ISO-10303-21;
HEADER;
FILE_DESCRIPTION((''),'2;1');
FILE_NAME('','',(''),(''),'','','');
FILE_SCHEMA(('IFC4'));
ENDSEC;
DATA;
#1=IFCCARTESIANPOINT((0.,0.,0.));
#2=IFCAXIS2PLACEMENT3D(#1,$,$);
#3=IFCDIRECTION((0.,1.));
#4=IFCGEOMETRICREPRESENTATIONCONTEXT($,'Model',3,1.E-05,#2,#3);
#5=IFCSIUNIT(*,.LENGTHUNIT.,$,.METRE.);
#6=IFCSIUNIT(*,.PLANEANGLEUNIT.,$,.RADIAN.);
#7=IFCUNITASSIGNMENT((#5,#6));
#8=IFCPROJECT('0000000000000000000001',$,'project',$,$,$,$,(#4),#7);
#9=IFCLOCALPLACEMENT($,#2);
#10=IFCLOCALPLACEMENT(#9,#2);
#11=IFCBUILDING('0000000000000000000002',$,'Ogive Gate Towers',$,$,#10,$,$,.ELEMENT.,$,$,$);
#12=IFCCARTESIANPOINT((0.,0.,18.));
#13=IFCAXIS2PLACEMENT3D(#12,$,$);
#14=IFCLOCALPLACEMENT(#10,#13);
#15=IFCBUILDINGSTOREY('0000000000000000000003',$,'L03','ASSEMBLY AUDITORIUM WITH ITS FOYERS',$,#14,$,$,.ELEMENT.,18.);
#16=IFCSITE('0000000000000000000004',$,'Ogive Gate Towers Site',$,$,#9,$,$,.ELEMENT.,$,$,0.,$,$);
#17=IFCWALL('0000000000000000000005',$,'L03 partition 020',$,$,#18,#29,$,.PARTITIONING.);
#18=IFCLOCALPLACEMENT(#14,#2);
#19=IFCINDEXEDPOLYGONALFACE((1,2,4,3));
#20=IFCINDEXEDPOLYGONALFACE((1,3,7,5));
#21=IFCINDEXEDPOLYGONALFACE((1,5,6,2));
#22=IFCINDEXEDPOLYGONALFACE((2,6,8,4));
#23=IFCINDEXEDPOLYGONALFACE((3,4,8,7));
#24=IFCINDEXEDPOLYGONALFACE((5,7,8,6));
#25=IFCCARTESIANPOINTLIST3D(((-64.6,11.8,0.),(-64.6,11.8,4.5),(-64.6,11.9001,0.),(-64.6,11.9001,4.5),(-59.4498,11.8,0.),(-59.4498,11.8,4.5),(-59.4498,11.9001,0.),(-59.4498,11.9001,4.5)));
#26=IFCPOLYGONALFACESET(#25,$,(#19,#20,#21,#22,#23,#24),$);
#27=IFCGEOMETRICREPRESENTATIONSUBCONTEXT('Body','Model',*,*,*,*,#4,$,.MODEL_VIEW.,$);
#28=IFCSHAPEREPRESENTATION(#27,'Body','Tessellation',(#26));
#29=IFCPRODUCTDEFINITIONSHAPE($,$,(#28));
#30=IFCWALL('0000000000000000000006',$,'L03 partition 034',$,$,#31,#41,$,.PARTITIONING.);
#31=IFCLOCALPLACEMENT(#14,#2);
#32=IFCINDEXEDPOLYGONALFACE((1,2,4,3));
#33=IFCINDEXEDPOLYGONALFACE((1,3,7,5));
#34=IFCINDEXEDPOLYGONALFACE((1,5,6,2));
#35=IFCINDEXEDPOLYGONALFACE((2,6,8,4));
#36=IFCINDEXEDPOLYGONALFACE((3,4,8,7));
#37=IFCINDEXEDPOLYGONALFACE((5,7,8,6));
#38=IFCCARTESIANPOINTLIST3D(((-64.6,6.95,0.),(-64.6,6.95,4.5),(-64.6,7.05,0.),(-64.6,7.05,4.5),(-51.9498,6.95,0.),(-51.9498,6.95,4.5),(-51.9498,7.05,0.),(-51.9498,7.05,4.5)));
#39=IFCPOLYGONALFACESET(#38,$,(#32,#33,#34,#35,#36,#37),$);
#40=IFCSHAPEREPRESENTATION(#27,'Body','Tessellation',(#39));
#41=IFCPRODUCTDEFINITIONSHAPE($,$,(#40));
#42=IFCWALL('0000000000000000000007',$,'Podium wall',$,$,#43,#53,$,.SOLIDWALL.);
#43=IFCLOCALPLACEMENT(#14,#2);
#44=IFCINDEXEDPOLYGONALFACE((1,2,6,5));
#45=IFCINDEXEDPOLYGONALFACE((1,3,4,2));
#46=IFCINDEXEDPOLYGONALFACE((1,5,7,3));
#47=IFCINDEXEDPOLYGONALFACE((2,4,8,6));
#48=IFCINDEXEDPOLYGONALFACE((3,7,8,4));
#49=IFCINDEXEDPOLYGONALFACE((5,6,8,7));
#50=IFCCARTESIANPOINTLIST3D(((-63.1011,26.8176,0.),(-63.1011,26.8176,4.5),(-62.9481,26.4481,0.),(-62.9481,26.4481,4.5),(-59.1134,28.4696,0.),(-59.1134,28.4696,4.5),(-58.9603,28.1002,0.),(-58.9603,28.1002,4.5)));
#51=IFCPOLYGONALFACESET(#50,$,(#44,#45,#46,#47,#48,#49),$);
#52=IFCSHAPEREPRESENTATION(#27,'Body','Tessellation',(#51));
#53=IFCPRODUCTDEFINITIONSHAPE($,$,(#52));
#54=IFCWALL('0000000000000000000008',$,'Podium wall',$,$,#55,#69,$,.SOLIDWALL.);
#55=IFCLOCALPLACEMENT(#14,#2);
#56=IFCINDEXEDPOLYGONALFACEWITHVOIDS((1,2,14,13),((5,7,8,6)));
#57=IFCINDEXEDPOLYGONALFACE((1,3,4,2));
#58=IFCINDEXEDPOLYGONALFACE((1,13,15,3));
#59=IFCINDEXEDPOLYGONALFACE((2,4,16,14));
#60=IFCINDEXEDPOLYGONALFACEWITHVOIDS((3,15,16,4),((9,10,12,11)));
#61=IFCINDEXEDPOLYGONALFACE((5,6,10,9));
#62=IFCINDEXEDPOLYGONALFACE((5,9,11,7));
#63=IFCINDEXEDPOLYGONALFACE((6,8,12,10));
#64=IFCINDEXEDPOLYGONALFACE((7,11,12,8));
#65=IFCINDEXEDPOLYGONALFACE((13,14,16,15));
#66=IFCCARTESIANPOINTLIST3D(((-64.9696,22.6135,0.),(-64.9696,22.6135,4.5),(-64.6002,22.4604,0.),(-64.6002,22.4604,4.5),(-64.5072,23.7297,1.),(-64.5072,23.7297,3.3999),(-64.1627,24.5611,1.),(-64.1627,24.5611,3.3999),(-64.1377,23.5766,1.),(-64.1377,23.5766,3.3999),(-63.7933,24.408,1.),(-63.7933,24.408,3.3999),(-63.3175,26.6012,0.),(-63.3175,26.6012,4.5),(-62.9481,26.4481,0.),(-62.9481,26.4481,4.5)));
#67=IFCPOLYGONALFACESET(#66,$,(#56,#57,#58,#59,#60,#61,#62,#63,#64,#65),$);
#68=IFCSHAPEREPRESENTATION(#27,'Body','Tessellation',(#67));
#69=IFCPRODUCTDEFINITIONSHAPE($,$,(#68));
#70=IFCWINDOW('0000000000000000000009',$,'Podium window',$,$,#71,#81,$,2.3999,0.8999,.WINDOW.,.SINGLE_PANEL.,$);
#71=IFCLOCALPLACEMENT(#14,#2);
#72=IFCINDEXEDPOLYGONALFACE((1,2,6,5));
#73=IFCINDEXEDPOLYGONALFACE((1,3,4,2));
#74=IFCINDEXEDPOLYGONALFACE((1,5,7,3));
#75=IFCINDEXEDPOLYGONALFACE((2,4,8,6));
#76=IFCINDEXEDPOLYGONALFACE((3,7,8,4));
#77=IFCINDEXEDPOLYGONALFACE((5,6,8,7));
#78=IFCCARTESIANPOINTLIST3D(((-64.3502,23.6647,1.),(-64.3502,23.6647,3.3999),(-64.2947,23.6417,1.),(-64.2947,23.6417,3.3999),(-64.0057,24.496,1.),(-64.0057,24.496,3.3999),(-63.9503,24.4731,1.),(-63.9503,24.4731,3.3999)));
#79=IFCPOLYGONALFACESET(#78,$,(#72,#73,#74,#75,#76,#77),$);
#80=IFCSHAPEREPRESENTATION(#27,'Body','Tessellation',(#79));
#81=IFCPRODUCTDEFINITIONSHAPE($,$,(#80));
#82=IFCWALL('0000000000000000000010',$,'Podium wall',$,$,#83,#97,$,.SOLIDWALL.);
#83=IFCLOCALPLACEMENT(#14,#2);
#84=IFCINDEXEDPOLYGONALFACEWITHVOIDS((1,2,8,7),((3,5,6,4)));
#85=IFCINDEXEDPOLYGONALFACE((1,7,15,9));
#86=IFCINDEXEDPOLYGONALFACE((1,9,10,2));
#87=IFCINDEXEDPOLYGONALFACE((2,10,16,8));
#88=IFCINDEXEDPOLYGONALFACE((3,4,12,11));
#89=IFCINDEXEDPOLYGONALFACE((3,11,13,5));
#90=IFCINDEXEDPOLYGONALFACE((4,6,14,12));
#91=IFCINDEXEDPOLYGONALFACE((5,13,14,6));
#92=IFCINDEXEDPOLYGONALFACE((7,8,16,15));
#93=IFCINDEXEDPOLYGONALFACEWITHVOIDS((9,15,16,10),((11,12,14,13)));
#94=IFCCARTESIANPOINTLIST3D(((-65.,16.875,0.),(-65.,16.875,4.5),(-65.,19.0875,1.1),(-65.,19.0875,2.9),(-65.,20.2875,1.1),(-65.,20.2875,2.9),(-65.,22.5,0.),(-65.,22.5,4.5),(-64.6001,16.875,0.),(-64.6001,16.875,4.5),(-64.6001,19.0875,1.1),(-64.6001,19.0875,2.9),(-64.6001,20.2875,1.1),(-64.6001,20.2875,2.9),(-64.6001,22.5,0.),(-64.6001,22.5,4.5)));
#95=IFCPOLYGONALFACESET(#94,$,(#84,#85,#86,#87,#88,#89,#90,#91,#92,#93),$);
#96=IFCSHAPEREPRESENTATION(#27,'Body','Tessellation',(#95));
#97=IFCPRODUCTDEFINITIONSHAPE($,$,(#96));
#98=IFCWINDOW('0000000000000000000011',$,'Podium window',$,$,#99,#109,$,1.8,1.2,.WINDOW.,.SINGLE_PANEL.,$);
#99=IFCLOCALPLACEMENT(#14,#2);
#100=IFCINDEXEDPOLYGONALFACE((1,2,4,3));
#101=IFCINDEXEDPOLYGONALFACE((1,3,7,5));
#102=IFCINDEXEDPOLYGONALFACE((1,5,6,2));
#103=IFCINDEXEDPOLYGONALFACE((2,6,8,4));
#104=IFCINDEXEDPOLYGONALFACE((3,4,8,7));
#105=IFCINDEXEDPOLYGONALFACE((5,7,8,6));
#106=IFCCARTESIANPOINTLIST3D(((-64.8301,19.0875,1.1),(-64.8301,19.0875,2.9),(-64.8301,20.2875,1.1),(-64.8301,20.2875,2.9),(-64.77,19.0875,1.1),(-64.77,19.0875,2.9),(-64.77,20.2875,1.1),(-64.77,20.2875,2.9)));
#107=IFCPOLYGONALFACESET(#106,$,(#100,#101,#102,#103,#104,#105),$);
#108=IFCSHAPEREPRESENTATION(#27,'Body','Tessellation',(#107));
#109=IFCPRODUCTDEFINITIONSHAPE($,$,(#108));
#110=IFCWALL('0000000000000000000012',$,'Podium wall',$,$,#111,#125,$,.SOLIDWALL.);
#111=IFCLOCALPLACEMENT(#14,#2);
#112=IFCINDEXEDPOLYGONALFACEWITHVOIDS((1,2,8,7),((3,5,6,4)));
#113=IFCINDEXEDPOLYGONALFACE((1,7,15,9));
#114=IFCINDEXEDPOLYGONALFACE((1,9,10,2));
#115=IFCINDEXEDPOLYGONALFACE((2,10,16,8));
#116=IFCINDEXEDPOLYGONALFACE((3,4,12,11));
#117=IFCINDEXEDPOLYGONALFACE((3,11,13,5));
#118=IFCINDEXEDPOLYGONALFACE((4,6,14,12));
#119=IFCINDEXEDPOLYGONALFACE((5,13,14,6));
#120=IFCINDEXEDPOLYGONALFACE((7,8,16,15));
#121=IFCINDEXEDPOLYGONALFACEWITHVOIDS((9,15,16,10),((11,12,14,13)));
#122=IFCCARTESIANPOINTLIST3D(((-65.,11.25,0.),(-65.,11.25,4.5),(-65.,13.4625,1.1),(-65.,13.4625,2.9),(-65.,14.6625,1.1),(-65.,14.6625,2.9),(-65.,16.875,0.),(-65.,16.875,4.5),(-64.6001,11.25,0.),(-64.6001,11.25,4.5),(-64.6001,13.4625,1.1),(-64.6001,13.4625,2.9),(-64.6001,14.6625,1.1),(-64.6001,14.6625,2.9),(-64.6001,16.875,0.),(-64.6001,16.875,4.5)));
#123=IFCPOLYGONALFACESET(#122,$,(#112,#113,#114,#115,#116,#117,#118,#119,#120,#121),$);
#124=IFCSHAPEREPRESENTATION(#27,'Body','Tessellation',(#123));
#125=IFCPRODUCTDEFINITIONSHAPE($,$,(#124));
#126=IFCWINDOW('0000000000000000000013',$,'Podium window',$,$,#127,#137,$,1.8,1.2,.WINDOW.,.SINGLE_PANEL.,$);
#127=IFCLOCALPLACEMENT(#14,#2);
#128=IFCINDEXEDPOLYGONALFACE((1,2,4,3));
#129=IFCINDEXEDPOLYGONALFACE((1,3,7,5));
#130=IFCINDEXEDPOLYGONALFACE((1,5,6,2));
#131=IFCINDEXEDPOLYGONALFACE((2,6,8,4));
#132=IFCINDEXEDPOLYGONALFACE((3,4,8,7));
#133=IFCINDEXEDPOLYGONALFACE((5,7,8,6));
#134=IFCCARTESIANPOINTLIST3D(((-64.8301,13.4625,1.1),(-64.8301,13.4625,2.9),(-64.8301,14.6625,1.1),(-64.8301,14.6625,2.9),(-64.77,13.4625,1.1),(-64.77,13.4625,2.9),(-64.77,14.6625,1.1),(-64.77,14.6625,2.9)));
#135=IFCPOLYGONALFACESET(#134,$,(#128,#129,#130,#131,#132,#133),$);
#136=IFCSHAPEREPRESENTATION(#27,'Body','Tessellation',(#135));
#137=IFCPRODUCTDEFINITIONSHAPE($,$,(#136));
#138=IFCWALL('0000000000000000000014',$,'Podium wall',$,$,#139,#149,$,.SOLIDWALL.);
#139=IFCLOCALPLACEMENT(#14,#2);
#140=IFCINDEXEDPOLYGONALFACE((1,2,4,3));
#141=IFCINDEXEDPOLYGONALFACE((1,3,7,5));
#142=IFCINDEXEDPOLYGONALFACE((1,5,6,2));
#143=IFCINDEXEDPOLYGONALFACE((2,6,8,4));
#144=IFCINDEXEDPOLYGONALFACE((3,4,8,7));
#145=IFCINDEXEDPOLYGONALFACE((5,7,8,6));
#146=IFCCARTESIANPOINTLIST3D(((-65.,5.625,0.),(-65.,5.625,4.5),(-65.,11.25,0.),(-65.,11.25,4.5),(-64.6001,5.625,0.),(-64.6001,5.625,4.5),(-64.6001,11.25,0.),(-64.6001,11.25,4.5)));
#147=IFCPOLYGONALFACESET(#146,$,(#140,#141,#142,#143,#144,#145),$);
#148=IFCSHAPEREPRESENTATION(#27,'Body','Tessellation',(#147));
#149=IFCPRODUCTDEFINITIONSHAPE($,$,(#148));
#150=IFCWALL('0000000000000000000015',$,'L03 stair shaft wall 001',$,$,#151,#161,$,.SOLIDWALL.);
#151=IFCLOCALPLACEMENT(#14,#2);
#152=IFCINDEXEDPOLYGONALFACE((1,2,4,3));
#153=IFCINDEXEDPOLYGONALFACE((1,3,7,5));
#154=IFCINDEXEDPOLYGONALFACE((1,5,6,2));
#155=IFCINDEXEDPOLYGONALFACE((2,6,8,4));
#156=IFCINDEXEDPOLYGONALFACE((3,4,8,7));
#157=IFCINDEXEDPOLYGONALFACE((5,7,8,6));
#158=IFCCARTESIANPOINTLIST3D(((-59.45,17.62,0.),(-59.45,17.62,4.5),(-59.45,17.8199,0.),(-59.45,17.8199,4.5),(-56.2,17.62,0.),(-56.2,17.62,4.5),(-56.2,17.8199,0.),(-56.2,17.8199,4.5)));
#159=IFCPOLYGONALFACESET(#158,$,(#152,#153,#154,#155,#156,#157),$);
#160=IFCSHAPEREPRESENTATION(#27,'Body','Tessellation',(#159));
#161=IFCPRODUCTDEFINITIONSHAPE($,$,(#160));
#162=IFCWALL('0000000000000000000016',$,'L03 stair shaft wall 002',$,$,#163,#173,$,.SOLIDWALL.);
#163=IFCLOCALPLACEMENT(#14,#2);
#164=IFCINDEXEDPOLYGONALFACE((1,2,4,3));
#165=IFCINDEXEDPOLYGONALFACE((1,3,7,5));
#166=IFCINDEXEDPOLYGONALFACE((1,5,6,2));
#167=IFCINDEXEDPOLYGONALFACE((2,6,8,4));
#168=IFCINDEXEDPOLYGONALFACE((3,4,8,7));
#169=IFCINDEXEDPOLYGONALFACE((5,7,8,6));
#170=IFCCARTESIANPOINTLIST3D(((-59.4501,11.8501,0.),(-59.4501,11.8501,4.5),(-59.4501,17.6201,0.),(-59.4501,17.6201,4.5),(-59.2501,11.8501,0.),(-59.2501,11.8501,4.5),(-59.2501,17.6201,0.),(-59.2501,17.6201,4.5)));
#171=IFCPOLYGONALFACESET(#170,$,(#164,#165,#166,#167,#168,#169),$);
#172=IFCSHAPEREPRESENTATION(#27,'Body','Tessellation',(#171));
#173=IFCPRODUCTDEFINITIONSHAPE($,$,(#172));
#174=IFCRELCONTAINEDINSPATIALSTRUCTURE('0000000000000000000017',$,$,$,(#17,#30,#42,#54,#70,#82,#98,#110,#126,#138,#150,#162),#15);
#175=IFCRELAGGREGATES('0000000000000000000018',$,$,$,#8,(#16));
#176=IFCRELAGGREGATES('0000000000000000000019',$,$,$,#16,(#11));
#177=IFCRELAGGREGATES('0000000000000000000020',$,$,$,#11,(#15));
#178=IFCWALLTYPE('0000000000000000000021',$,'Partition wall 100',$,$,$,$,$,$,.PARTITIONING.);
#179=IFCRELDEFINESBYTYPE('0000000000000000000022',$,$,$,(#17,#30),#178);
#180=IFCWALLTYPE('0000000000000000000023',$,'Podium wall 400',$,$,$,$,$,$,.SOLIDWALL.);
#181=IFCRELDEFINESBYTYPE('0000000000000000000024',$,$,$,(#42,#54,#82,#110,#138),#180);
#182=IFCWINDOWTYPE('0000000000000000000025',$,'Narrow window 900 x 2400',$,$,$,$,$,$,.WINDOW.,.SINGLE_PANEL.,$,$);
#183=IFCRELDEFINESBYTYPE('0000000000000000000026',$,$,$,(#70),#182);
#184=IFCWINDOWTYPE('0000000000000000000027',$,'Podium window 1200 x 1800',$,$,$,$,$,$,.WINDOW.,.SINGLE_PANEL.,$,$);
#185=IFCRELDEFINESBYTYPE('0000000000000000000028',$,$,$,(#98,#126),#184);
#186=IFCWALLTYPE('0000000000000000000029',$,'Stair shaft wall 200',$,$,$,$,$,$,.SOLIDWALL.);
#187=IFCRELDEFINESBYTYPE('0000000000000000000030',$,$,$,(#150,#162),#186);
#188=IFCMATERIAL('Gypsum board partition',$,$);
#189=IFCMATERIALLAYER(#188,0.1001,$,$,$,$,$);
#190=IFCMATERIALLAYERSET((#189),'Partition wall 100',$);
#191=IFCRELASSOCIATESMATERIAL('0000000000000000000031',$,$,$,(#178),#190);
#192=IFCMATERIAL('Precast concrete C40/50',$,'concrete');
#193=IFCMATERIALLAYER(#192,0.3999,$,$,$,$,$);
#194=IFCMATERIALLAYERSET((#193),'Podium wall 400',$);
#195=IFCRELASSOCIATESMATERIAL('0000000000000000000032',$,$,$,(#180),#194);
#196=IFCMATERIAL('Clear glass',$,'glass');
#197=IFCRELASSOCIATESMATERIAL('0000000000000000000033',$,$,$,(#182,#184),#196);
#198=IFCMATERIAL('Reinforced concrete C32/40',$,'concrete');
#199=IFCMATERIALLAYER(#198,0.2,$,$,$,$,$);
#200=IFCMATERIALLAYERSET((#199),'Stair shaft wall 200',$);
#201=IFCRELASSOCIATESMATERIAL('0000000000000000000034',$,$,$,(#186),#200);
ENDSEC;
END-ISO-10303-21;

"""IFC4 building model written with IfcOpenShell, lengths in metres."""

from ifc_helpers import new_model, si_unit, direction, frame, frame_2d, origin, place, context, subcontext, project, spatial, rectangle, extrude, material, layer, layer_set, type_object, element, fill, save


model = new_model("IFC4")

# Units and contexts
model_context = context("Model", 3, precision=1e-05, world=origin(), true_north=direction((0.0, 1.0)))
body_context = subcontext(model_context, "Body", "Model", "MODEL_VIEW")
ifc_project = project(units=[si_unit("LENGTHUNIT", "METRE"), si_unit("PLANEANGLEUNIT", "RADIAN")], contexts=[model_context])

# Site, building, storey
site_placement = place(None, origin())
site = spatial("IfcSite", under=ifc_project, at=site_placement, Name="Ogive Gate Towers Site", CompositionType="ELEMENT", RefElevation=0.0)
building_placement = place(site_placement, origin())
building = spatial("IfcBuilding", under=site, at=building_placement, Name="Ogive Gate Towers", CompositionType="ELEMENT")
storey_placement = place(building_placement, frame((0.0, 0.0, 18.0)))
storey = spatial("IfcBuildingStorey", under=building, at=storey_placement, Name="L03", Description="ASSEMBLY AUDITORIUM WITH ITS FOYERS", CompositionType="ELEMENT", Elevation=18.0)

# Walls
ifc_material_1 = material(Name="Gypsum board partition")
ifc_layer_1 = layer(ifc_material_1, 0.1001)
ifc_layer_set_1 = layer_set([ifc_layer_1], Name="Partition wall 100")
wall_type_1 = type_object("IfcWallType", Name="Partition wall 100", PredefinedType="PARTITIONING", material=ifc_layer_set_1)
wall_1_placement = place(storey_placement, frame((-64.6001, 11.8501, 0.0), z_axis=(0.0, 0.0, 1.0), x_axis=(1.0, 0.0, 0.0)))
element("IfcWall", 1, at=wall_1_placement, inside=storey, type_object=wall_type_1, Name="L03 partition 020", PredefinedType="PARTITIONING", context=body_context, shape_type="SweptSolid", body=[
    extrude(rectangle(XDim=5.1501, YDim=0.1001, at=frame_2d((2.5752, 0.0))), origin(), (0.0, 0.0, 1.0), 4.5),
])
wall_2_placement = place(storey_placement, frame((-64.6001, 7.0, 0.0), z_axis=(0.0, 0.0, 1.0), x_axis=(1.0, 0.0, 0.0)))
element("IfcWall", 2, at=wall_2_placement, inside=storey, type_object=wall_type_1, Name="L03 partition 034", PredefinedType="PARTITIONING", context=body_context, shape_type="SweptSolid", body=[
    extrude(rectangle(XDim=12.6501, YDim=0.1001, at=frame_2d((6.3252, 0.0))), origin(), (0.0, 0.0, 1.0), 4.5),
])
ifc_material_2 = material(Name="Precast concrete C40/50", Category="concrete")
ifc_layer_2 = layer(ifc_material_2, 0.3999)
ifc_layer_set_2 = layer_set([ifc_layer_2], Name="Podium wall 400")
wall_type_2 = type_object("IfcWallType", Name="Podium wall 400", PredefinedType="SOLIDWALL", material=ifc_layer_set_2)
wall_3_placement = place(storey_placement, frame((-59.0369, 28.2849, 0.0), z_axis=(0.0, 0.0, 1.0), x_axis=(-0.923855, -0.382743, 0.0)))
element("IfcWall", 3, at=wall_3_placement, inside=storey, type_object=wall_type_2, Name="Podium wall", PredefinedType="SOLIDWALL", context=body_context, shape_type="SweptSolid", body=[
    extrude(rectangle(XDim=4.3164, YDim=0.3999, at=frame_2d((2.1582, 0.0))), origin(), (0.0, 0.0, 1.0), 4.5),
])

# Walls, openings, windows
wall_4_placement = place(storey_placement, frame((-63.1328, 26.5247, 0.0), z_axis=(0.0, 0.0, 1.0), x_axis=(-0.382743, -0.923855, 0.0)))
wall_4 = element("IfcWall", 4, at=wall_4_placement, inside=storey, type_object=wall_type_2, Name="Podium wall", PredefinedType="SOLIDWALL", context=body_context, shape_type="SweptSolid", body=[
    extrude(rectangle(XDim=4.3164, YDim=0.3999, at=frame_2d((2.1582, 0.0))), origin(), (0.0, 0.0, 1.0), 4.5),
])
opening_1_placement = place(wall_4_placement, frame((2.2083, 0.0, 1.0)))
opening_1 = element("IfcOpeningElement", 5, at=opening_1_placement, cuts=wall_4, PredefinedType="OPENING", context=body_context, shape_type="SweptSolid", body=[
    extrude(rectangle(XDim=0.8999, YDim=2.3999, at=frame_2d((0.45, 1.2))), frame((0.0, 0.21, 0.0), z_axis=(0.0, -1.0, 0.0), x_axis=(1.0, 0.0, 0.0)), (0.0, 0.0, 1.0), 0.4199),
])
ifc_material_3 = material(Name="Clear glass", Category="glass")
window_type_1 = type_object("IfcWindowType", Name="Narrow window 900 x 2400", PartitioningType="SINGLE_PANEL", PredefinedType="WINDOW", material=ifc_material_3)
window_1_placement = place(opening_1_placement, origin())
window_1 = element("IfcWindow", 6, at=window_1_placement, inside=storey, type_object=window_type_1, Name="Podium window", OverallHeight=2.3999, OverallWidth=0.8999, PartitioningType="SINGLE_PANEL", PredefinedType="WINDOW", context=body_context, shape_type="SweptSolid", body=[
    extrude(rectangle(XDim=0.8999, YDim=2.3999, at=frame_2d((0.45, 1.2))), frame((0.0, 0.03, 0.0), z_axis=(0.0, -1.0, 0.0), x_axis=(1.0, 0.0, 0.0)), (0.0, 0.0, 1.0), 0.0601),
])
fill(opening_1, window_1)
wall_5_placement = place(storey_placement, frame((-64.8, 22.5, 0.0), z_axis=(0.0, 0.0, 1.0), x_axis=(0.0, -1.0, 0.0)))
wall_5 = element("IfcWall", 7, at=wall_5_placement, inside=storey, type_object=wall_type_2, Name="Podium wall", PredefinedType="SOLIDWALL", context=body_context, shape_type="SweptSolid", body=[
    extrude(rectangle(XDim=5.625, YDim=0.3999, at=frame_2d((2.8125, 0.0))), origin(), (0.0, 0.0, 1.0), 4.5),
])
opening_2_placement = place(wall_5_placement, frame((2.2124, 0.0, 1.1001)))
opening_2 = element("IfcOpeningElement", 8, at=opening_2_placement, cuts=wall_5, PredefinedType="OPENING", context=body_context, shape_type="SweptSolid", body=[
    extrude(rectangle(XDim=1.2, YDim=1.8, at=frame_2d((0.6001, 0.8999))), frame((0.0, 0.21, 0.0), z_axis=(0.0, -1.0, 0.0), x_axis=(1.0, 0.0, 0.0)), (0.0, 0.0, 1.0), 0.4199),
])
window_type_2 = type_object("IfcWindowType", Name="Podium window 1200 x 1800", PartitioningType="SINGLE_PANEL", PredefinedType="WINDOW", material=ifc_material_3)
window_2_placement = place(opening_2_placement, origin())
window_2 = element("IfcWindow", 9, at=window_2_placement, inside=storey, type_object=window_type_2, Name="Podium window", OverallHeight=1.8, OverallWidth=1.2, PartitioningType="SINGLE_PANEL", PredefinedType="WINDOW", context=body_context, shape_type="SweptSolid", body=[
    extrude(rectangle(XDim=1.2, YDim=1.8, at=frame_2d((0.6001, 0.8999))), frame((0.0, 0.03, 0.0), z_axis=(0.0, -1.0, 0.0), x_axis=(1.0, 0.0, 0.0)), (0.0, 0.0, 1.0), 0.0601),
])
fill(opening_2, window_2)
wall_6_placement = place(storey_placement, frame((-64.8, 16.875, 0.0), z_axis=(0.0, 0.0, 1.0), x_axis=(0.0, -1.0, 0.0)))
wall_6 = element("IfcWall", 10, at=wall_6_placement, inside=storey, type_object=wall_type_2, Name="Podium wall", PredefinedType="SOLIDWALL", context=body_context, shape_type="SweptSolid", body=[
    extrude(rectangle(XDim=5.625, YDim=0.3999, at=frame_2d((2.8125, 0.0))), origin(), (0.0, 0.0, 1.0), 4.5),
])
opening_3_placement = place(wall_6_placement, frame((2.2124, 0.0, 1.1001)))
opening_3 = element("IfcOpeningElement", 11, at=opening_3_placement, cuts=wall_6, PredefinedType="OPENING", context=body_context, shape_type="SweptSolid", body=[
    extrude(rectangle(XDim=1.2, YDim=1.8, at=frame_2d((0.6001, 0.8999))), frame((0.0, 0.21, 0.0), z_axis=(0.0, -1.0, 0.0), x_axis=(1.0, 0.0, 0.0)), (0.0, 0.0, 1.0), 0.4199),
])
window_3_placement = place(opening_3_placement, origin())
window_3 = element("IfcWindow", 12, at=window_3_placement, inside=storey, type_object=window_type_2, Name="Podium window", OverallHeight=1.8, OverallWidth=1.2, PartitioningType="SINGLE_PANEL", PredefinedType="WINDOW", context=body_context, shape_type="SweptSolid", body=[
    extrude(rectangle(XDim=1.2, YDim=1.8, at=frame_2d((0.6001, 0.8999))), frame((0.0, 0.03, 0.0), z_axis=(0.0, -1.0, 0.0), x_axis=(1.0, 0.0, 0.0)), (0.0, 0.0, 1.0), 0.0601),
])
fill(opening_3, window_3)

# Walls
wall_7_placement = place(storey_placement, frame((-64.8, 11.25, 0.0), z_axis=(0.0, 0.0, 1.0), x_axis=(0.0, -1.0, 0.0)))
element("IfcWall", 13, at=wall_7_placement, inside=storey, type_object=wall_type_2, Name="Podium wall", PredefinedType="SOLIDWALL", context=body_context, shape_type="SweptSolid", body=[
    extrude(rectangle(XDim=5.625, YDim=0.3999, at=frame_2d((2.8125, 0.0))), origin(), (0.0, 0.0, 1.0), 4.5),
])
ifc_material_4 = material(Name="Reinforced concrete C32/40", Category="concrete")
ifc_layer_3 = layer(ifc_material_4, 0.2)
ifc_layer_set_3 = layer_set([ifc_layer_3], Name="Stair shaft wall 200")
wall_type_3 = type_object("IfcWallType", Name="Stair shaft wall 200", PredefinedType="SOLIDWALL", material=ifc_layer_set_3)
wall_8_placement = place(storey_placement, frame((-59.45, 17.72, 0.0), z_axis=(0.0, 0.0, 1.0), x_axis=(1.0, 0.0, 0.0)))
element("IfcWall", 14, at=wall_8_placement, inside=storey, type_object=wall_type_3, Name="L03 stair shaft wall 001", PredefinedType="SOLIDWALL", context=body_context, shape_type="SweptSolid", body=[
    extrude(rectangle(XDim=3.25, YDim=0.2, at=frame_2d((1.625, 0.0))), origin(), (0.0, 0.0, 1.0), 4.5),
])
wall_9_placement = place(storey_placement, frame((-59.3501, 11.8501, 0.0), z_axis=(0.0, 0.0, 1.0), x_axis=(0.0, 1.0, 0.0)))
element("IfcWall", 15, at=wall_9_placement, inside=storey, type_object=wall_type_3, Name="L03 stair shaft wall 002", PredefinedType="SOLIDWALL", context=body_context, shape_type="SweptSolid", body=[
    extrude(rectangle(XDim=5.77, YDim=0.2, at=frame_2d((2.885, 0.0))), origin(), (0.0, 0.0, 1.0), 4.5),
])

save(model, "model.ifc")
